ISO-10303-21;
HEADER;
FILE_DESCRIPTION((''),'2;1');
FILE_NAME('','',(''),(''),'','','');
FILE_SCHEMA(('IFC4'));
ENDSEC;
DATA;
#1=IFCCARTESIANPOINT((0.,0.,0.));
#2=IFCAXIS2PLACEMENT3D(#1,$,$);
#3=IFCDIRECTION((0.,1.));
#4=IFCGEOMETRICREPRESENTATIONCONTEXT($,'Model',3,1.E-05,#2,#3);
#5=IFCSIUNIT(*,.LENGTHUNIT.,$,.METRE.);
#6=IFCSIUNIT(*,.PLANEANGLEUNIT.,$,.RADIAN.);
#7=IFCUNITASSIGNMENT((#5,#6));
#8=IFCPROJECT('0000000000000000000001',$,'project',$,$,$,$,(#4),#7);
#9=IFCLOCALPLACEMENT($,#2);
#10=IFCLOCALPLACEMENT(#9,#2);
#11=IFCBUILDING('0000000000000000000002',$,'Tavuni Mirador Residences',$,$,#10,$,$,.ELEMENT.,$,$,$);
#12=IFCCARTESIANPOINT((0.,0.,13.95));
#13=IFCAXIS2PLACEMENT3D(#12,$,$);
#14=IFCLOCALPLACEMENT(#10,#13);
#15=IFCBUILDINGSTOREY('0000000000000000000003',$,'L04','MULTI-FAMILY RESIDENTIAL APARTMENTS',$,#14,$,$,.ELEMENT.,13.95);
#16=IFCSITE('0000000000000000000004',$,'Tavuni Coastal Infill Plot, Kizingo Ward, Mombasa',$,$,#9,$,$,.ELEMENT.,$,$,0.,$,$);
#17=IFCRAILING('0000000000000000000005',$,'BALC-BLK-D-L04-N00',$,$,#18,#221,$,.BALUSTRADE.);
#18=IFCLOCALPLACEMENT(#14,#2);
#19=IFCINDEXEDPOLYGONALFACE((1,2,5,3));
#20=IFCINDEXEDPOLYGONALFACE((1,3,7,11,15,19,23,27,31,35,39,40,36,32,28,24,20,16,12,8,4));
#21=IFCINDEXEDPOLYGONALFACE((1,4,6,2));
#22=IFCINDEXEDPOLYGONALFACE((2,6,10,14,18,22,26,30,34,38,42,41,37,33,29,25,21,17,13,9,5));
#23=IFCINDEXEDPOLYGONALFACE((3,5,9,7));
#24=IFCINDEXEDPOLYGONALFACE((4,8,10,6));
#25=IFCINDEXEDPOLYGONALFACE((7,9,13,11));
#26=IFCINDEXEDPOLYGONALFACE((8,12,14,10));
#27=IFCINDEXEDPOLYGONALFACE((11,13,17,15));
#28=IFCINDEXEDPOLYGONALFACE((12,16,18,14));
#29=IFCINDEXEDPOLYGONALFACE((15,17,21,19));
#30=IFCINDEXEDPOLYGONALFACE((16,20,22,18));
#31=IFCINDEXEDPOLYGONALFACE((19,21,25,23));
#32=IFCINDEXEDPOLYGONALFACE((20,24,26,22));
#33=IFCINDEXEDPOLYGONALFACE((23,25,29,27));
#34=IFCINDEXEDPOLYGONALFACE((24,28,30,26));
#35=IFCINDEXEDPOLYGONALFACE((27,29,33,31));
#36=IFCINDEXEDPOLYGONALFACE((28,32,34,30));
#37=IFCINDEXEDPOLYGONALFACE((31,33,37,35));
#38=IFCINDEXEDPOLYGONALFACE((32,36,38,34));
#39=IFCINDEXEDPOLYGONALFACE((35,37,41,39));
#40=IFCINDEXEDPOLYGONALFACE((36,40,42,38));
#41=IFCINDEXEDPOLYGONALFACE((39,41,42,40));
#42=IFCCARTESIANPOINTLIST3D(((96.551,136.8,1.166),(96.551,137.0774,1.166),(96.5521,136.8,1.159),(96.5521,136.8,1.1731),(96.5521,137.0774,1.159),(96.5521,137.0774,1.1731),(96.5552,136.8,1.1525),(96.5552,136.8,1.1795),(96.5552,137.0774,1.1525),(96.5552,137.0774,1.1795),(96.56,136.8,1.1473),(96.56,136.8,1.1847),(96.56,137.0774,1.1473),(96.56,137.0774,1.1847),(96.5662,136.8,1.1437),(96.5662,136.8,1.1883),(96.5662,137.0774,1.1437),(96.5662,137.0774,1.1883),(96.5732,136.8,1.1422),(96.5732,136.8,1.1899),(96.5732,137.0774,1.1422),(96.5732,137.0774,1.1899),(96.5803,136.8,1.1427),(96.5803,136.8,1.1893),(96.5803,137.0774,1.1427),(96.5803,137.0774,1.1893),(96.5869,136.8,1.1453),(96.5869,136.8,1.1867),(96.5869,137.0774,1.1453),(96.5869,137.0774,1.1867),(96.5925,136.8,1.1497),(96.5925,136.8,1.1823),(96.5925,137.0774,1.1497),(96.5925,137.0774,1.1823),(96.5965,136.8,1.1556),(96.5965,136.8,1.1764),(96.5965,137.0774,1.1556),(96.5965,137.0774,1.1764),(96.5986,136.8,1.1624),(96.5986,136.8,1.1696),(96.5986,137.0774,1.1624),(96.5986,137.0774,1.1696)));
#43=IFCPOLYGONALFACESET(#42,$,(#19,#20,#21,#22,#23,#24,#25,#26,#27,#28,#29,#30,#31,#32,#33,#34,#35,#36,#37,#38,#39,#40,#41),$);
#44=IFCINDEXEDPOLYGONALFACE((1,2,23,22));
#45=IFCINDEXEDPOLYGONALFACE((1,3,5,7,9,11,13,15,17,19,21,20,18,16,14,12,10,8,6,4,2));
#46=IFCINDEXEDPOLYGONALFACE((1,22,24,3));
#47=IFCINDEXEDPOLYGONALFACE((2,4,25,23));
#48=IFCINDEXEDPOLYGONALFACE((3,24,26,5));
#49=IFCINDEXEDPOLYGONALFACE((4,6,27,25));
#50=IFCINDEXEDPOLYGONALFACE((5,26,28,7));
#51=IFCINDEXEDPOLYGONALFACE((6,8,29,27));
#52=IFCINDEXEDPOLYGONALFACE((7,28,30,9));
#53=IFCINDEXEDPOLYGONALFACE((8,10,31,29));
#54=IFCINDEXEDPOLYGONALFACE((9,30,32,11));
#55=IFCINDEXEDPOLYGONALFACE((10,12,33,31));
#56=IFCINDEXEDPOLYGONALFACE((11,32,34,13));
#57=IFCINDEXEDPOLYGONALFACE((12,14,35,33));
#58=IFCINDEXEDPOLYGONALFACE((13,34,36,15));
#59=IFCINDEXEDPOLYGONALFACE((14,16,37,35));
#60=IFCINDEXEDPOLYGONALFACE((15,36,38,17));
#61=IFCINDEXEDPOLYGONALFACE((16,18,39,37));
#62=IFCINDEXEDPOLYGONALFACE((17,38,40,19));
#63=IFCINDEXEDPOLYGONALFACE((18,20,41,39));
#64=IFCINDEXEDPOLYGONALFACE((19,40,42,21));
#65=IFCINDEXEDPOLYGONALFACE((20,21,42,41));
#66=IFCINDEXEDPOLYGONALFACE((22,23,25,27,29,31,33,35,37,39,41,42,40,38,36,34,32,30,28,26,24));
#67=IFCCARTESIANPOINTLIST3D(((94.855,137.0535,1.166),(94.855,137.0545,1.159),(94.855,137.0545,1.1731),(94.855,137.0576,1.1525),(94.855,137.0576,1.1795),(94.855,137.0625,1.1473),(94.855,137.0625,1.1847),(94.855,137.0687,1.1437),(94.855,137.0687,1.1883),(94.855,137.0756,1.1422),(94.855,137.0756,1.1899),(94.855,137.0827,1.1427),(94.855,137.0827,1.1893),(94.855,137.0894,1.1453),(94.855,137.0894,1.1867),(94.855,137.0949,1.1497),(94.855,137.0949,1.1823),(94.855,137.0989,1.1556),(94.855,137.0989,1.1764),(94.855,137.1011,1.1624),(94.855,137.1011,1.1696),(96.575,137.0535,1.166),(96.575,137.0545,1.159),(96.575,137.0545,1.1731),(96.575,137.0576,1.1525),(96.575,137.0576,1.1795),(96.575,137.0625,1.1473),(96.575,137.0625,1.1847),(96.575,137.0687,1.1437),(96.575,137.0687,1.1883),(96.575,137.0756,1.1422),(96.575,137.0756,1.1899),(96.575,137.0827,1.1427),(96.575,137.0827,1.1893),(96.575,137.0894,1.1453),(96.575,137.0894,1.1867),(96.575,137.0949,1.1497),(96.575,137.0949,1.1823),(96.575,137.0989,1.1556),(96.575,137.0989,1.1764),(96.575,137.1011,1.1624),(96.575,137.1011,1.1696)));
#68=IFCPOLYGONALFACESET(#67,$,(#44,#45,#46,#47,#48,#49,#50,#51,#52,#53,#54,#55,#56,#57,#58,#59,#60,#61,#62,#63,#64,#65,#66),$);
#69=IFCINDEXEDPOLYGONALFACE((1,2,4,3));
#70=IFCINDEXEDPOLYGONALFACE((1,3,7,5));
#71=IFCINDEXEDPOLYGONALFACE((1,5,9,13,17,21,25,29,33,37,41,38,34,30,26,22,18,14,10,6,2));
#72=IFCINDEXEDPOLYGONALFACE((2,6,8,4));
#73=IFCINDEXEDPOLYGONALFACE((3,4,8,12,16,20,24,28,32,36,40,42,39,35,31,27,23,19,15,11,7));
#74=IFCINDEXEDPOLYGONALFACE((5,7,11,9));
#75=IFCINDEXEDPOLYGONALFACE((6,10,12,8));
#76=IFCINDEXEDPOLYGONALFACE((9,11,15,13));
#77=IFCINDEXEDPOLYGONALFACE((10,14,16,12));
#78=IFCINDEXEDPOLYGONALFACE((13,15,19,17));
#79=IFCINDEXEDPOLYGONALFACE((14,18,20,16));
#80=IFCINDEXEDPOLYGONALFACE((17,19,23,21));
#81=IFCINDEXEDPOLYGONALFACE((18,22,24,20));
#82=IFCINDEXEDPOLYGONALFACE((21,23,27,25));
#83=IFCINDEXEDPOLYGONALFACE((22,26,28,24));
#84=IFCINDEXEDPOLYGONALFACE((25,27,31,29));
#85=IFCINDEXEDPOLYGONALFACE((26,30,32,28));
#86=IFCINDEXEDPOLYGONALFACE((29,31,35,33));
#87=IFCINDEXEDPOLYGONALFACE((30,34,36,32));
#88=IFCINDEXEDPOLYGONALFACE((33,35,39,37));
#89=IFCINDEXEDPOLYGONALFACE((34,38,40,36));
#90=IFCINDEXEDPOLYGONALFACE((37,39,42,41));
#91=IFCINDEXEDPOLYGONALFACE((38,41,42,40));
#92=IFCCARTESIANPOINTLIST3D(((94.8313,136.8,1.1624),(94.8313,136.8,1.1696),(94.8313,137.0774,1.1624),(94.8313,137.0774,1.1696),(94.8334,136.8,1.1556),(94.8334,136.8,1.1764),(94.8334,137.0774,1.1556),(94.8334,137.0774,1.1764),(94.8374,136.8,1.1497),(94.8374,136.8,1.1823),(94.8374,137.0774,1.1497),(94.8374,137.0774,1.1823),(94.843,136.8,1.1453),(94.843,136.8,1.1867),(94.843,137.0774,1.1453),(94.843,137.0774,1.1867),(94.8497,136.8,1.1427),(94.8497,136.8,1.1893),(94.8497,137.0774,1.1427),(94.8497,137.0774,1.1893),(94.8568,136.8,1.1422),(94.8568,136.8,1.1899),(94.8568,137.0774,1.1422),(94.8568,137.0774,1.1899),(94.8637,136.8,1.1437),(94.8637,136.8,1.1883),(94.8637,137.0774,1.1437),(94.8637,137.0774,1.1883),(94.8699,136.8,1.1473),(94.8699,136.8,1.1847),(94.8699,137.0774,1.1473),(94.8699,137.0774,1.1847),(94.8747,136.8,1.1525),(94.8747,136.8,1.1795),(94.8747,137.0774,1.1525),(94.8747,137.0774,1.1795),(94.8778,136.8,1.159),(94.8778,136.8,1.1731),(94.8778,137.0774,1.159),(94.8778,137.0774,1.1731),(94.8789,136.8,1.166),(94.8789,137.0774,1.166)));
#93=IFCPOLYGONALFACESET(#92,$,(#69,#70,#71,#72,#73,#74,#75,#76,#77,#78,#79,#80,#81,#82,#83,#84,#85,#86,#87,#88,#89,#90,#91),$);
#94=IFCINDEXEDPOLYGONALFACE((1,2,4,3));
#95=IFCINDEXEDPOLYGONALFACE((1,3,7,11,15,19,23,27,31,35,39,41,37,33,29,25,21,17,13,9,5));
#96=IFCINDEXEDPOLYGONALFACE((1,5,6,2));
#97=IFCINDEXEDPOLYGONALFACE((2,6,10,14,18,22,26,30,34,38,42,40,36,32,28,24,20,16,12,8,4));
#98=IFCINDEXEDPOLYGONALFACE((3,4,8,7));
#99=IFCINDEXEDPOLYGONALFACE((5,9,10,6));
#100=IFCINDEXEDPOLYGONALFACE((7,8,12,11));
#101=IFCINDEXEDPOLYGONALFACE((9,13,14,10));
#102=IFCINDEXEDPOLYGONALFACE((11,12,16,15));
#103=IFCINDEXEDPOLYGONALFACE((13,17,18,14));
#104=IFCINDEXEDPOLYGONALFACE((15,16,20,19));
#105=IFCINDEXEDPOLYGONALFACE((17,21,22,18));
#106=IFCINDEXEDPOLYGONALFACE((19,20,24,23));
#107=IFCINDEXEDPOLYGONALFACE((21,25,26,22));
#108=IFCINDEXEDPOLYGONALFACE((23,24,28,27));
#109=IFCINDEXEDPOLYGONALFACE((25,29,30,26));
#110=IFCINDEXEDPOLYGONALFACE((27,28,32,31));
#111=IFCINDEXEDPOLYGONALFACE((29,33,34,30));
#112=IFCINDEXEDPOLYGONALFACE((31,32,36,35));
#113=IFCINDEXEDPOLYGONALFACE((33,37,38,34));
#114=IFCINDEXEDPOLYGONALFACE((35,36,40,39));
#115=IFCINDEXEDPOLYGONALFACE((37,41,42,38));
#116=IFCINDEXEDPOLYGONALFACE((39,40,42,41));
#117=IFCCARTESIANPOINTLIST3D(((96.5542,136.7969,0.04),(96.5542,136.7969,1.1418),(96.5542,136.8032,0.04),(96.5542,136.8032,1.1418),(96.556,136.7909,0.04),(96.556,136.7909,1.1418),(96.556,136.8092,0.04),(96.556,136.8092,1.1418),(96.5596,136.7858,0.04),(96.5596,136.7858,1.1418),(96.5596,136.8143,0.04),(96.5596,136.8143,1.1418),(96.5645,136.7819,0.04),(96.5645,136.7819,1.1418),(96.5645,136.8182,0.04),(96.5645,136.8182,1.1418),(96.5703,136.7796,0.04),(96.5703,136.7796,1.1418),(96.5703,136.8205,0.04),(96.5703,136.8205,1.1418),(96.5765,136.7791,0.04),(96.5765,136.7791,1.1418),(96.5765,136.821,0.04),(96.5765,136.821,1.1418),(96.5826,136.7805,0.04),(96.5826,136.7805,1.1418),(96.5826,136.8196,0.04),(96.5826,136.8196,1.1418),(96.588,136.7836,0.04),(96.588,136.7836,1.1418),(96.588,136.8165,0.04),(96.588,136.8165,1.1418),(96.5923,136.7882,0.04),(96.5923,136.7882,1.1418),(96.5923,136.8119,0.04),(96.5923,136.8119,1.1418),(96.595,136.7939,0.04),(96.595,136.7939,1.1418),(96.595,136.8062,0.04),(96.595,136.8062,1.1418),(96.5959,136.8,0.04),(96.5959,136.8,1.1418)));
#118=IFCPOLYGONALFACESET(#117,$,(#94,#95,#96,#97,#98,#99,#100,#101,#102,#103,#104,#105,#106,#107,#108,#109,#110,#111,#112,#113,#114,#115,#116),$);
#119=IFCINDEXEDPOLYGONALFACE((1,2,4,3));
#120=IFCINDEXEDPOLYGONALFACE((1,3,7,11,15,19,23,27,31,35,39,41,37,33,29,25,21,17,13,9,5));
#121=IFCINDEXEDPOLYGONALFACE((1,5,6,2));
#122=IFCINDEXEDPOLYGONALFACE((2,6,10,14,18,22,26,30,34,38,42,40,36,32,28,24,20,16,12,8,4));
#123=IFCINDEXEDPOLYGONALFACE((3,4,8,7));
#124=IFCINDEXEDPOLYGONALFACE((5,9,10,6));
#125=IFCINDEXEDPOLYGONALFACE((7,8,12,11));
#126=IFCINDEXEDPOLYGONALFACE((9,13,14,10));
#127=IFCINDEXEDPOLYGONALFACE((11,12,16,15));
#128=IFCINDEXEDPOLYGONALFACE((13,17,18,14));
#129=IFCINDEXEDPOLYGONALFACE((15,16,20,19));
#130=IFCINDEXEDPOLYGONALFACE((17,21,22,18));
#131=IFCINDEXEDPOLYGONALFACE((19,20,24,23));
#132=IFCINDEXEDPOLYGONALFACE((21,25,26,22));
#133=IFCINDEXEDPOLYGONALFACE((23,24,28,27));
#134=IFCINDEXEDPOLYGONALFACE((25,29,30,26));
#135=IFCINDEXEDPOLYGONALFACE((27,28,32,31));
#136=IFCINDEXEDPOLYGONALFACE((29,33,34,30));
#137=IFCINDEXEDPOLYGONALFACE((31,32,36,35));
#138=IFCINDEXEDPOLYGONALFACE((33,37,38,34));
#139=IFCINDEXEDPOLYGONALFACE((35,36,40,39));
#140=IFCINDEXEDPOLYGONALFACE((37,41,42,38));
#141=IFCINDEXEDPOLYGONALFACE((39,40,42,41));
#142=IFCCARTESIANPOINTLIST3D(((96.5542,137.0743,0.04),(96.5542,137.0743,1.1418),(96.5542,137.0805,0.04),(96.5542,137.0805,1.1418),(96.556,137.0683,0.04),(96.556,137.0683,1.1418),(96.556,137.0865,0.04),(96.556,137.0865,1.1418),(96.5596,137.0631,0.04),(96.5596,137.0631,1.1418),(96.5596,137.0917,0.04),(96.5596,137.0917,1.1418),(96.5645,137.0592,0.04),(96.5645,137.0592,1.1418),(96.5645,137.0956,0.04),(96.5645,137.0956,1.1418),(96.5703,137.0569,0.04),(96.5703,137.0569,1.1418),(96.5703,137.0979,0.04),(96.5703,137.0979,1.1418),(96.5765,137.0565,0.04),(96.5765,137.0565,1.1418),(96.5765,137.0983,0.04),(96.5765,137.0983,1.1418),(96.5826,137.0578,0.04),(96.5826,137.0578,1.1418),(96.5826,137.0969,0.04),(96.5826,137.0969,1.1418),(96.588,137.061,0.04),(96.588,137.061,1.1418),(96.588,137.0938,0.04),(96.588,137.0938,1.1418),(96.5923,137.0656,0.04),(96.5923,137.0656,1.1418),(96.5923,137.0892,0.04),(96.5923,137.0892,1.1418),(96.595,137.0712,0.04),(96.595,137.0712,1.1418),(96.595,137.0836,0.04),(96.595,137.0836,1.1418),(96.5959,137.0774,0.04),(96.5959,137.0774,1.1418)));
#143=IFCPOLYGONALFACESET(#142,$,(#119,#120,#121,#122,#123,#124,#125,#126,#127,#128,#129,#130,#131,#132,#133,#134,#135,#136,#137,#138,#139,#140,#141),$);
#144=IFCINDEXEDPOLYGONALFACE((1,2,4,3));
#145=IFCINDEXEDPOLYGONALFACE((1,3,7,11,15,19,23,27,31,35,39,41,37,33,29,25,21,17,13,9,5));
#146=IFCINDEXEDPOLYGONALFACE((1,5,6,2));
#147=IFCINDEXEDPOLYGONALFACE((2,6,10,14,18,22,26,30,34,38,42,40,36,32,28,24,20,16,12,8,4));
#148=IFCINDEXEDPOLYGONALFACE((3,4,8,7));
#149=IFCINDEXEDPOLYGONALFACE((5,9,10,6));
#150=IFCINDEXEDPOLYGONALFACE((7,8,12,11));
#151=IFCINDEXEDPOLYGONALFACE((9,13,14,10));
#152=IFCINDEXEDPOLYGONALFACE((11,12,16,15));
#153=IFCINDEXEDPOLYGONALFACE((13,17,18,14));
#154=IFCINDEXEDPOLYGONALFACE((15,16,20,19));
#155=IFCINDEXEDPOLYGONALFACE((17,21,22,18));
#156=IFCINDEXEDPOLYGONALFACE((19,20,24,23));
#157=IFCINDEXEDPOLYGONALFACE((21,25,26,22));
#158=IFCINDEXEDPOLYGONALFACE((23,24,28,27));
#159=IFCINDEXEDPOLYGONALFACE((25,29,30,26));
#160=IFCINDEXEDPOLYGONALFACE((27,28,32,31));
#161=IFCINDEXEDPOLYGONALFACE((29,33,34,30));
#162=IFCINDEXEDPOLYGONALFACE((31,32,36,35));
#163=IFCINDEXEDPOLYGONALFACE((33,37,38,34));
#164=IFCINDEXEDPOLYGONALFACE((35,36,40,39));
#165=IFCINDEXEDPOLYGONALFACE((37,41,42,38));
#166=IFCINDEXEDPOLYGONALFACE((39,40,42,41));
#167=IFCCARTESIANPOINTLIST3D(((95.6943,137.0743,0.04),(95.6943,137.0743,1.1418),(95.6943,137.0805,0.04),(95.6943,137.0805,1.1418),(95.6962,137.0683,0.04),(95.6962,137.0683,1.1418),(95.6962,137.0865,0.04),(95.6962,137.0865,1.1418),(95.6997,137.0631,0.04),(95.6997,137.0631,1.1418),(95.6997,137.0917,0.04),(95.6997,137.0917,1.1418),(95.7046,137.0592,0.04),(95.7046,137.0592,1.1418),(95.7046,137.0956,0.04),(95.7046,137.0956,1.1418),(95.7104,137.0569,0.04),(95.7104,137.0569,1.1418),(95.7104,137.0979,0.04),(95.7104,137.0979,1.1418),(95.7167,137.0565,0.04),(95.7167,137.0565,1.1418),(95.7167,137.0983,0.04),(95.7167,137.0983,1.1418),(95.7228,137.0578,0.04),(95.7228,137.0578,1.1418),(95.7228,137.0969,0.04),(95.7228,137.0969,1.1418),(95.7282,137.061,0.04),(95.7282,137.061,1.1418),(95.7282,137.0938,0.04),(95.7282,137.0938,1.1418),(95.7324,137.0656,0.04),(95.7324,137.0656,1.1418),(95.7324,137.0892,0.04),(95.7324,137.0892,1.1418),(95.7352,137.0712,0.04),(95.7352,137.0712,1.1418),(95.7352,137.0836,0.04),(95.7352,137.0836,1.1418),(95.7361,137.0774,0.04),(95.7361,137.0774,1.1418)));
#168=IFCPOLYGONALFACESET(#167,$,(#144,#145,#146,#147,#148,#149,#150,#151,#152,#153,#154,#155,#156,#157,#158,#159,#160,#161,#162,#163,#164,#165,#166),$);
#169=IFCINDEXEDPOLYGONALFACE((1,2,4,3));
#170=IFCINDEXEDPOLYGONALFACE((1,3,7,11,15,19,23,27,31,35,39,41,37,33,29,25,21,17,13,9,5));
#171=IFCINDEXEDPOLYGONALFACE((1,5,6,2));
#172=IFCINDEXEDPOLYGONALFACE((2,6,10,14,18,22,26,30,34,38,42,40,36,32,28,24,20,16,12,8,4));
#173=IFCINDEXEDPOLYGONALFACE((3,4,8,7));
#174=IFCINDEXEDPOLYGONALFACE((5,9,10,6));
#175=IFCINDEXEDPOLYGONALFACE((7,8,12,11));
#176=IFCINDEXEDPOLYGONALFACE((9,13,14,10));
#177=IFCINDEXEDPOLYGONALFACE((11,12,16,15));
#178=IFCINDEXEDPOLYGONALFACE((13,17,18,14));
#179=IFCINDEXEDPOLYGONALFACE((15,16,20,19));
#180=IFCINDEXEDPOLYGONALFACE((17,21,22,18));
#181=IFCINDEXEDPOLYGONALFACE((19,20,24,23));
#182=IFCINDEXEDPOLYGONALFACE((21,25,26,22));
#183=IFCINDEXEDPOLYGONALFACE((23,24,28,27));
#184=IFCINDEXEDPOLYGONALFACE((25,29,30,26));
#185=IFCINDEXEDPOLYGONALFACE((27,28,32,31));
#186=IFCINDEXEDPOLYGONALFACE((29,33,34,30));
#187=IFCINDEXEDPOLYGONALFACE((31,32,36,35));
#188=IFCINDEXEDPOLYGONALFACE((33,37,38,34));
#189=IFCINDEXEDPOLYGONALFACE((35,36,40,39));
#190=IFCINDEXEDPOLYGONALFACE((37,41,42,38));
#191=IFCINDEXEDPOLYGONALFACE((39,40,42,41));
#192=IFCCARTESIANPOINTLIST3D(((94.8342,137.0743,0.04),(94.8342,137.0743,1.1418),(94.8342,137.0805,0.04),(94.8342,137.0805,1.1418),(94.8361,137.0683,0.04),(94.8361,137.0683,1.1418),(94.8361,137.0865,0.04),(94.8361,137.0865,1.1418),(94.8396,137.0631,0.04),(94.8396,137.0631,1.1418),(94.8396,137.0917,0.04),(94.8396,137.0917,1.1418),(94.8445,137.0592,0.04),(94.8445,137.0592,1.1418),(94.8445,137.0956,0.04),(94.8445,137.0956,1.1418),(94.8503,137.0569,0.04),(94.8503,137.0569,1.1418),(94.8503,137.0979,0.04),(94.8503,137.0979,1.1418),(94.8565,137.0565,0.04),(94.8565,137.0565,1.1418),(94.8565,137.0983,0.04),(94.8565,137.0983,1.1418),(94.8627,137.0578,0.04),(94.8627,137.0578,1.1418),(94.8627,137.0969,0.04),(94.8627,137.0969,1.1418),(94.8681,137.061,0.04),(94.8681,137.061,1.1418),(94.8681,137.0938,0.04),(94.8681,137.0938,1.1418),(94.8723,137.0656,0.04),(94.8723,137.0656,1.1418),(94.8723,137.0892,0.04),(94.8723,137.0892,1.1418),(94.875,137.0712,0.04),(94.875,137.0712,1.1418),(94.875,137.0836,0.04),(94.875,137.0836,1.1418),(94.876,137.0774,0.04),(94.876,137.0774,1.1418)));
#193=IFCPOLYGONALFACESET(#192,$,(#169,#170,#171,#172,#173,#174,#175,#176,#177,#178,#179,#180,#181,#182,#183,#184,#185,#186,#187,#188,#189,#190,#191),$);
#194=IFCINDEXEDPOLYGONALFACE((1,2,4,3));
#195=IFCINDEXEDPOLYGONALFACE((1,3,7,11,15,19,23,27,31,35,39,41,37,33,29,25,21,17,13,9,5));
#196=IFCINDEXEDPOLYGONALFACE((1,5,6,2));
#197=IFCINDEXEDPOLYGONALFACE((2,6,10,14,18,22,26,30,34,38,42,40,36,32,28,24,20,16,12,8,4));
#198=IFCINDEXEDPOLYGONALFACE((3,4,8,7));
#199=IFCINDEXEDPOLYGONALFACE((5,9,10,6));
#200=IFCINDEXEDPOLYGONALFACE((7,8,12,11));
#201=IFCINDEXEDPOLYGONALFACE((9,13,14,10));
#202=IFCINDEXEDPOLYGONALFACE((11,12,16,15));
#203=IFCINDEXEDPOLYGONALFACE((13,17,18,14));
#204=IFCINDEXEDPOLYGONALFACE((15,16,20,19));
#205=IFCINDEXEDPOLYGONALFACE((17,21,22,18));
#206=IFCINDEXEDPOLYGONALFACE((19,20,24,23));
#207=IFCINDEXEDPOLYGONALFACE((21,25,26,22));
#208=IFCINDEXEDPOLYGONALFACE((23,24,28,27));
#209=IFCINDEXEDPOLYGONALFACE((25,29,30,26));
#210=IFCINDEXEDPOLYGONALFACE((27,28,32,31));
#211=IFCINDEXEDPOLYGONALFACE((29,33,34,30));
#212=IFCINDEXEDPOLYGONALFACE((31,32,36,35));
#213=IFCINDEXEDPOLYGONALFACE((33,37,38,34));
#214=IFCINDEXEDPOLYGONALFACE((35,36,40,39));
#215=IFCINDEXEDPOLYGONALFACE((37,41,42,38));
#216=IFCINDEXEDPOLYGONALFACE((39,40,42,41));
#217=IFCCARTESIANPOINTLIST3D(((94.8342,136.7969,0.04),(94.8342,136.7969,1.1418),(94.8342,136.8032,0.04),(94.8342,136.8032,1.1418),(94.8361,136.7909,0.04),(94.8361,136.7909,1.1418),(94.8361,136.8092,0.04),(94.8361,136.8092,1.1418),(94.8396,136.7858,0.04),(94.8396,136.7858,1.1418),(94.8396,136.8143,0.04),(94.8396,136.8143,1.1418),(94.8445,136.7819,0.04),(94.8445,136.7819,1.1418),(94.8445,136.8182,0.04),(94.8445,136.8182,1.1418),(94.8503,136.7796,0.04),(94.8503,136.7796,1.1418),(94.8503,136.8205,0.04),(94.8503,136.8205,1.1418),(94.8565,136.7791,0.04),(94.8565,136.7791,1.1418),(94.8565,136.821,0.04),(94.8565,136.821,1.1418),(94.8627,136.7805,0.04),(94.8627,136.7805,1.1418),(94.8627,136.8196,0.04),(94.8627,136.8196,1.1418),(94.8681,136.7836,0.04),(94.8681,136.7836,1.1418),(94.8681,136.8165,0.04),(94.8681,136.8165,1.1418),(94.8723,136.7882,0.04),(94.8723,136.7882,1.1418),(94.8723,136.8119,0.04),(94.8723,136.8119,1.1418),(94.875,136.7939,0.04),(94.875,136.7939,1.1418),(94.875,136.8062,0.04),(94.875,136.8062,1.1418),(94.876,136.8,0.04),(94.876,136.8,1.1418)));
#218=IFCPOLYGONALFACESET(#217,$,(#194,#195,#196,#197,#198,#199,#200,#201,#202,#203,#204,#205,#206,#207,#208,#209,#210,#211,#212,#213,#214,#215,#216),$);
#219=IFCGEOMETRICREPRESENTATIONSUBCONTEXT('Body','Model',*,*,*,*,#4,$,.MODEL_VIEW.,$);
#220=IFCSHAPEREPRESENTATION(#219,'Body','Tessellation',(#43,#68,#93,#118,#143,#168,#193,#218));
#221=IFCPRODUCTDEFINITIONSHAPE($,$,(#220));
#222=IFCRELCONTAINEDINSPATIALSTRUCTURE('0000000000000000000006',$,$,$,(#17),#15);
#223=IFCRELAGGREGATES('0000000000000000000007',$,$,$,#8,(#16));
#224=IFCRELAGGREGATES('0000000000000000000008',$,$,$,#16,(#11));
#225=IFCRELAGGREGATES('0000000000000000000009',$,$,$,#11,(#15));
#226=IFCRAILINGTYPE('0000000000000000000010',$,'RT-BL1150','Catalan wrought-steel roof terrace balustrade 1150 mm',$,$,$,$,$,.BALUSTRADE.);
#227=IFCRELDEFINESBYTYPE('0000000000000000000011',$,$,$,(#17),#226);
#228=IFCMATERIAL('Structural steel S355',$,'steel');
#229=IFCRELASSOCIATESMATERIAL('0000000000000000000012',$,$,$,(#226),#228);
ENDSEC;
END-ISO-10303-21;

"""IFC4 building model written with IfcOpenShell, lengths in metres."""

from ifc_helpers import new_model, si_unit, direction, frame, origin, origin_2d, place, context, subcontext, project, spatial, circle, extrude, material, type_object, element, save


model = new_model("IFC4")

# Units and contexts
model_context = context("Model", 3, precision=1e-05, world=origin(), true_north=direction((0.0, 1.0)))
body_context = subcontext(model_context, "Body", "Model", "MODEL_VIEW")
ifc_project = project(units=[si_unit("LENGTHUNIT", "METRE"), si_unit("PLANEANGLEUNIT", "RADIAN")], contexts=[model_context])

# Site, building, storey
site_placement = place(None, origin())
site = spatial("IfcSite", under=ifc_project, at=site_placement, Name="Tavuni Coastal Infill Plot, Kizingo Ward, Mombasa", CompositionType="ELEMENT", RefElevation=0.0)
building_placement = place(site_placement, origin())
building = spatial("IfcBuilding", under=site, at=building_placement, Name="Tavuni Mirador Residences", CompositionType="ELEMENT")
storey_placement = place(building_placement, frame((0.0, 0.0, 13.95)))
storey = spatial("IfcBuildingStorey", under=building, at=storey_placement, Name="L04", Description="MULTI-FAMILY RESIDENTIAL APARTMENTS", CompositionType="ELEMENT", Elevation=13.95)

# Railing
ifc_material_1 = material(Name="Structural steel S355", Category="steel")
railing_type = type_object("IfcRailingType", Name="RT-BL1150", Description="Catalan wrought-steel roof terrace balustrade 1150 mm", PredefinedType="BALUSTRADE", material=ifc_material_1)
railing_1_placement = place(storey_placement, frame((96.575, 136.8, 0.04)))
element("IfcRailing", 1, at=railing_1_placement, inside=storey, type_object=railing_type, Name="BALC-BLK-D-L04-N00", PredefinedType="BALUSTRADE", context=body_context, shape_type="SweptSolid", body=[
    extrude(circle(Radius=0.0239, at=origin_2d()), frame((0.0, 0.0, 1.126), z_axis=(0.0, 1.0, 0.0), x_axis=(-1.0, 0.0, 0.0)), (0.0, 0.0, 1.0), 0.2773),
    extrude(circle(Radius=0.0239, at=origin_2d()), frame((0.0, 0.2773, 1.126), z_axis=(-1.0, 0.0, 0.0), x_axis=(0.0, -1.0, 0.0)), (0.0, 0.0, 1.0), 1.72),
    extrude(circle(Radius=0.0239, at=origin_2d()), frame((-1.72, 0.2773, 1.126), z_axis=(0.0, -1.0, 0.0), x_axis=(1.0, 0.0, 0.0)), (0.0, 0.0, 1.0), 0.2773),
    extrude(circle(Radius=0.021, at=origin_2d()), origin(), (0.0, 0.0, 1.0), 1.1018),
    extrude(circle(Radius=0.021, at=origin_2d()), frame((0.0, 0.2773, 0.0)), (0.0, 0.0, 1.0), 1.1018),
    extrude(circle(Radius=0.021, at=origin_2d()), frame((-0.8599, 0.2773, 0.0)), (0.0, 0.0, 1.0), 1.1018),
    extrude(circle(Radius=0.021, at=origin_2d()), frame((-1.72, 0.2773, 0.0)), (0.0, 0.0, 1.0), 1.1018),
    extrude(circle(Radius=0.021, at=origin_2d()), frame((-1.72, 0.0, 0.0)), (0.0, 0.0, 1.0), 1.1018),
])

save(model, "model.ifc")
